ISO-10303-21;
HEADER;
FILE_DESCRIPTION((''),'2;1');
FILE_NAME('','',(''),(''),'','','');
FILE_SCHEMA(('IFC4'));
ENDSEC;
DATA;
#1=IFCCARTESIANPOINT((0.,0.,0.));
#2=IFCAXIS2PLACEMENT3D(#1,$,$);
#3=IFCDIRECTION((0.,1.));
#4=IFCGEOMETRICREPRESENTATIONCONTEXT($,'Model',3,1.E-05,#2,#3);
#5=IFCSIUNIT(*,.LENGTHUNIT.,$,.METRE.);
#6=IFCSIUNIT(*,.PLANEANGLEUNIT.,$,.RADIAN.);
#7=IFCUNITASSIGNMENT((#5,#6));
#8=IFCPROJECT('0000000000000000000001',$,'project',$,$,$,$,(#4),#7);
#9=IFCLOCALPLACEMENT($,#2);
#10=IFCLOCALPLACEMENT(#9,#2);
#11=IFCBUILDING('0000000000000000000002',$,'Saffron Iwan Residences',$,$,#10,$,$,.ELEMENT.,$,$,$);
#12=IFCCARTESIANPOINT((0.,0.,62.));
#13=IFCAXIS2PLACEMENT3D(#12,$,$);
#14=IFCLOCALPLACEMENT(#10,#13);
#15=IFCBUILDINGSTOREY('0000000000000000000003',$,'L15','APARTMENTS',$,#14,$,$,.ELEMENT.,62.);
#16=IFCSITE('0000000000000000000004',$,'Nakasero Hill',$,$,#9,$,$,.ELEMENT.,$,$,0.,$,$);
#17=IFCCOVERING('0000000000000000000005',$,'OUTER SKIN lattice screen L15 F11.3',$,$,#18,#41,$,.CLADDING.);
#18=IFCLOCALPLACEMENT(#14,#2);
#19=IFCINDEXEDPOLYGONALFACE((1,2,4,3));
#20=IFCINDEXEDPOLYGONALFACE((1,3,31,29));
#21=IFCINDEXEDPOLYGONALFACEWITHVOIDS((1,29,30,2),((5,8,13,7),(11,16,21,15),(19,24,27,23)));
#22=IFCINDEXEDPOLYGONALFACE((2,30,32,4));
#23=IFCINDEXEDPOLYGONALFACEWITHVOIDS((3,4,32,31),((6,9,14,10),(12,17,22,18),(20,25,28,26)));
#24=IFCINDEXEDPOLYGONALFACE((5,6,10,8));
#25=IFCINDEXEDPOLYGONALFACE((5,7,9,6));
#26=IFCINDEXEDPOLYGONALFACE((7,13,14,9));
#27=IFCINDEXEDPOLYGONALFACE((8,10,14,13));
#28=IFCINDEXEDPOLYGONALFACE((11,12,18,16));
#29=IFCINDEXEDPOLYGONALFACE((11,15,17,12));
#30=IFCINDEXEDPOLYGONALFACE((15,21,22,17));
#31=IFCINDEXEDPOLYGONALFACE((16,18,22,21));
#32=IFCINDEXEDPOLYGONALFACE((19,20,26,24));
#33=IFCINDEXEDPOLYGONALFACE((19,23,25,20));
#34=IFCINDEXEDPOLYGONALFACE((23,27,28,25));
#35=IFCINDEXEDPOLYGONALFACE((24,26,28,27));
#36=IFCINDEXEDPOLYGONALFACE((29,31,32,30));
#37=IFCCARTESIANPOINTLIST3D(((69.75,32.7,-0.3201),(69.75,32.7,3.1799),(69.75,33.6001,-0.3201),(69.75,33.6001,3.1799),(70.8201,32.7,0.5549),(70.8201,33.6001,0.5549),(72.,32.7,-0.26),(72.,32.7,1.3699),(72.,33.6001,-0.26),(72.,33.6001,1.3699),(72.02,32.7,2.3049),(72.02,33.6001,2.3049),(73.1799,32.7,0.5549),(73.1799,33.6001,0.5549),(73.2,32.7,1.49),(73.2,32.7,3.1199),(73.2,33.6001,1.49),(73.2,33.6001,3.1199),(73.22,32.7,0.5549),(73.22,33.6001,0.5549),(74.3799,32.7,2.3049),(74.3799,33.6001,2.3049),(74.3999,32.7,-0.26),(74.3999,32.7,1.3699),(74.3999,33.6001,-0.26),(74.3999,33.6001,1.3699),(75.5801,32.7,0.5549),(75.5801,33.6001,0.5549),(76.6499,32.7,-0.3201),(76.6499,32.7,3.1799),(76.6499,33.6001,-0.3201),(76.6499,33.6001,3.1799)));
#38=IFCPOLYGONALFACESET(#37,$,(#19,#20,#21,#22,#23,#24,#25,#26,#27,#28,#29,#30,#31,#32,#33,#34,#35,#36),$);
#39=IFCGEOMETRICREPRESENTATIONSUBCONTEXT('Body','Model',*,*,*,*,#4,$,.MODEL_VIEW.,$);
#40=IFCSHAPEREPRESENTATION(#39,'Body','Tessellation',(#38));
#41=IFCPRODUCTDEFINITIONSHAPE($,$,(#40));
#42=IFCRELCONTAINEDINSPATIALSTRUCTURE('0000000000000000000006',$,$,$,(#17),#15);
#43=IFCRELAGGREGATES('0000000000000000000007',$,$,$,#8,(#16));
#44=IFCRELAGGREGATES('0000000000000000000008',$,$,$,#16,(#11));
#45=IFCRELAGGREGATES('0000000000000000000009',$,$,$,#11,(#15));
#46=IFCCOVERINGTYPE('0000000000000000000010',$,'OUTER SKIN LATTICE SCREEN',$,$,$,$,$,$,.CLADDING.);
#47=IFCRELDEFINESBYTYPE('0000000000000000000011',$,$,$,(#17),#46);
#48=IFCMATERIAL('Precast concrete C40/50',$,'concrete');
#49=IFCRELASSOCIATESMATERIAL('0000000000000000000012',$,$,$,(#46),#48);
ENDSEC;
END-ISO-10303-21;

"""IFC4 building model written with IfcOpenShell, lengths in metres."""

from ifc_helpers import new_model, si_unit, direction, frame, origin, place, context, subcontext, project, spatial, polyline, outline, extrude, material, type_object, element, save


model = new_model("IFC4")

# Units and contexts
model_context = context("Model", 3, precision=1e-05, world=origin(), true_north=direction((0.0, 1.0)))
body_context = subcontext(model_context, "Body", "Model", "MODEL_VIEW")
ifc_project = project(units=[si_unit("LENGTHUNIT", "METRE"), si_unit("PLANEANGLEUNIT", "RADIAN")], contexts=[model_context])

# Site, building, storey
site_placement = place(None, origin())
site = spatial("IfcSite", under=ifc_project, at=site_placement, Name="Nakasero Hill", CompositionType="ELEMENT", RefElevation=0.0)
building_placement = place(site_placement, origin())
building = spatial("IfcBuilding", under=site, at=building_placement, Name="Saffron Iwan Residences", CompositionType="ELEMENT")
storey_placement = place(building_placement, frame((0.0, 0.0, 62.0)))
storey = spatial("IfcBuildingStorey", under=building, at=storey_placement, Name="L15", Description="APARTMENTS", CompositionType="ELEMENT", Elevation=62.0)

# Covering
ifc_material_1 = material(Name="Precast concrete C40/50", Category="concrete")
covering_type = type_object("IfcCoveringType", Name="OUTER SKIN LATTICE SCREEN", PredefinedType="CLADDING", material=ifc_material_1)
covering_placement = place(storey_placement, frame((69.75, 33.6001, -0.3201), z_axis=(0.0, -1.0, 0.0), x_axis=(1.0, 0.0, 0.0)))
element("IfcCovering", 1, at=covering_placement, inside=storey, type_object=covering_type, Name="OUTER SKIN lattice screen L15 F11.3", PredefinedType="CLADDING", context=body_context, shape_type="SweptSolid", body=[
    extrude(outline(polyline([(0.0, 0.0), (6.8999, 0.0), (6.8999, 3.5), (0.0, 3.5), (0.0, 0.0)]), holes=[polyline([(1.0701, 0.875), (2.25, 0.0601), (3.4299, 0.875), (2.25, 1.6899), (1.0701, 0.875)]), polyline([(3.47, 0.875), (4.6499, 0.0601), (5.8301, 0.875), (4.6499, 1.6899), (3.47, 0.875)]), polyline([(2.27, 2.625), (3.45, 1.8101), (4.6299, 2.625), (3.45, 3.4399), (2.27, 2.625)])]), origin(), (0.0, 0.0, 1.0), 0.9001),
])

save(model, "model.ifc")
